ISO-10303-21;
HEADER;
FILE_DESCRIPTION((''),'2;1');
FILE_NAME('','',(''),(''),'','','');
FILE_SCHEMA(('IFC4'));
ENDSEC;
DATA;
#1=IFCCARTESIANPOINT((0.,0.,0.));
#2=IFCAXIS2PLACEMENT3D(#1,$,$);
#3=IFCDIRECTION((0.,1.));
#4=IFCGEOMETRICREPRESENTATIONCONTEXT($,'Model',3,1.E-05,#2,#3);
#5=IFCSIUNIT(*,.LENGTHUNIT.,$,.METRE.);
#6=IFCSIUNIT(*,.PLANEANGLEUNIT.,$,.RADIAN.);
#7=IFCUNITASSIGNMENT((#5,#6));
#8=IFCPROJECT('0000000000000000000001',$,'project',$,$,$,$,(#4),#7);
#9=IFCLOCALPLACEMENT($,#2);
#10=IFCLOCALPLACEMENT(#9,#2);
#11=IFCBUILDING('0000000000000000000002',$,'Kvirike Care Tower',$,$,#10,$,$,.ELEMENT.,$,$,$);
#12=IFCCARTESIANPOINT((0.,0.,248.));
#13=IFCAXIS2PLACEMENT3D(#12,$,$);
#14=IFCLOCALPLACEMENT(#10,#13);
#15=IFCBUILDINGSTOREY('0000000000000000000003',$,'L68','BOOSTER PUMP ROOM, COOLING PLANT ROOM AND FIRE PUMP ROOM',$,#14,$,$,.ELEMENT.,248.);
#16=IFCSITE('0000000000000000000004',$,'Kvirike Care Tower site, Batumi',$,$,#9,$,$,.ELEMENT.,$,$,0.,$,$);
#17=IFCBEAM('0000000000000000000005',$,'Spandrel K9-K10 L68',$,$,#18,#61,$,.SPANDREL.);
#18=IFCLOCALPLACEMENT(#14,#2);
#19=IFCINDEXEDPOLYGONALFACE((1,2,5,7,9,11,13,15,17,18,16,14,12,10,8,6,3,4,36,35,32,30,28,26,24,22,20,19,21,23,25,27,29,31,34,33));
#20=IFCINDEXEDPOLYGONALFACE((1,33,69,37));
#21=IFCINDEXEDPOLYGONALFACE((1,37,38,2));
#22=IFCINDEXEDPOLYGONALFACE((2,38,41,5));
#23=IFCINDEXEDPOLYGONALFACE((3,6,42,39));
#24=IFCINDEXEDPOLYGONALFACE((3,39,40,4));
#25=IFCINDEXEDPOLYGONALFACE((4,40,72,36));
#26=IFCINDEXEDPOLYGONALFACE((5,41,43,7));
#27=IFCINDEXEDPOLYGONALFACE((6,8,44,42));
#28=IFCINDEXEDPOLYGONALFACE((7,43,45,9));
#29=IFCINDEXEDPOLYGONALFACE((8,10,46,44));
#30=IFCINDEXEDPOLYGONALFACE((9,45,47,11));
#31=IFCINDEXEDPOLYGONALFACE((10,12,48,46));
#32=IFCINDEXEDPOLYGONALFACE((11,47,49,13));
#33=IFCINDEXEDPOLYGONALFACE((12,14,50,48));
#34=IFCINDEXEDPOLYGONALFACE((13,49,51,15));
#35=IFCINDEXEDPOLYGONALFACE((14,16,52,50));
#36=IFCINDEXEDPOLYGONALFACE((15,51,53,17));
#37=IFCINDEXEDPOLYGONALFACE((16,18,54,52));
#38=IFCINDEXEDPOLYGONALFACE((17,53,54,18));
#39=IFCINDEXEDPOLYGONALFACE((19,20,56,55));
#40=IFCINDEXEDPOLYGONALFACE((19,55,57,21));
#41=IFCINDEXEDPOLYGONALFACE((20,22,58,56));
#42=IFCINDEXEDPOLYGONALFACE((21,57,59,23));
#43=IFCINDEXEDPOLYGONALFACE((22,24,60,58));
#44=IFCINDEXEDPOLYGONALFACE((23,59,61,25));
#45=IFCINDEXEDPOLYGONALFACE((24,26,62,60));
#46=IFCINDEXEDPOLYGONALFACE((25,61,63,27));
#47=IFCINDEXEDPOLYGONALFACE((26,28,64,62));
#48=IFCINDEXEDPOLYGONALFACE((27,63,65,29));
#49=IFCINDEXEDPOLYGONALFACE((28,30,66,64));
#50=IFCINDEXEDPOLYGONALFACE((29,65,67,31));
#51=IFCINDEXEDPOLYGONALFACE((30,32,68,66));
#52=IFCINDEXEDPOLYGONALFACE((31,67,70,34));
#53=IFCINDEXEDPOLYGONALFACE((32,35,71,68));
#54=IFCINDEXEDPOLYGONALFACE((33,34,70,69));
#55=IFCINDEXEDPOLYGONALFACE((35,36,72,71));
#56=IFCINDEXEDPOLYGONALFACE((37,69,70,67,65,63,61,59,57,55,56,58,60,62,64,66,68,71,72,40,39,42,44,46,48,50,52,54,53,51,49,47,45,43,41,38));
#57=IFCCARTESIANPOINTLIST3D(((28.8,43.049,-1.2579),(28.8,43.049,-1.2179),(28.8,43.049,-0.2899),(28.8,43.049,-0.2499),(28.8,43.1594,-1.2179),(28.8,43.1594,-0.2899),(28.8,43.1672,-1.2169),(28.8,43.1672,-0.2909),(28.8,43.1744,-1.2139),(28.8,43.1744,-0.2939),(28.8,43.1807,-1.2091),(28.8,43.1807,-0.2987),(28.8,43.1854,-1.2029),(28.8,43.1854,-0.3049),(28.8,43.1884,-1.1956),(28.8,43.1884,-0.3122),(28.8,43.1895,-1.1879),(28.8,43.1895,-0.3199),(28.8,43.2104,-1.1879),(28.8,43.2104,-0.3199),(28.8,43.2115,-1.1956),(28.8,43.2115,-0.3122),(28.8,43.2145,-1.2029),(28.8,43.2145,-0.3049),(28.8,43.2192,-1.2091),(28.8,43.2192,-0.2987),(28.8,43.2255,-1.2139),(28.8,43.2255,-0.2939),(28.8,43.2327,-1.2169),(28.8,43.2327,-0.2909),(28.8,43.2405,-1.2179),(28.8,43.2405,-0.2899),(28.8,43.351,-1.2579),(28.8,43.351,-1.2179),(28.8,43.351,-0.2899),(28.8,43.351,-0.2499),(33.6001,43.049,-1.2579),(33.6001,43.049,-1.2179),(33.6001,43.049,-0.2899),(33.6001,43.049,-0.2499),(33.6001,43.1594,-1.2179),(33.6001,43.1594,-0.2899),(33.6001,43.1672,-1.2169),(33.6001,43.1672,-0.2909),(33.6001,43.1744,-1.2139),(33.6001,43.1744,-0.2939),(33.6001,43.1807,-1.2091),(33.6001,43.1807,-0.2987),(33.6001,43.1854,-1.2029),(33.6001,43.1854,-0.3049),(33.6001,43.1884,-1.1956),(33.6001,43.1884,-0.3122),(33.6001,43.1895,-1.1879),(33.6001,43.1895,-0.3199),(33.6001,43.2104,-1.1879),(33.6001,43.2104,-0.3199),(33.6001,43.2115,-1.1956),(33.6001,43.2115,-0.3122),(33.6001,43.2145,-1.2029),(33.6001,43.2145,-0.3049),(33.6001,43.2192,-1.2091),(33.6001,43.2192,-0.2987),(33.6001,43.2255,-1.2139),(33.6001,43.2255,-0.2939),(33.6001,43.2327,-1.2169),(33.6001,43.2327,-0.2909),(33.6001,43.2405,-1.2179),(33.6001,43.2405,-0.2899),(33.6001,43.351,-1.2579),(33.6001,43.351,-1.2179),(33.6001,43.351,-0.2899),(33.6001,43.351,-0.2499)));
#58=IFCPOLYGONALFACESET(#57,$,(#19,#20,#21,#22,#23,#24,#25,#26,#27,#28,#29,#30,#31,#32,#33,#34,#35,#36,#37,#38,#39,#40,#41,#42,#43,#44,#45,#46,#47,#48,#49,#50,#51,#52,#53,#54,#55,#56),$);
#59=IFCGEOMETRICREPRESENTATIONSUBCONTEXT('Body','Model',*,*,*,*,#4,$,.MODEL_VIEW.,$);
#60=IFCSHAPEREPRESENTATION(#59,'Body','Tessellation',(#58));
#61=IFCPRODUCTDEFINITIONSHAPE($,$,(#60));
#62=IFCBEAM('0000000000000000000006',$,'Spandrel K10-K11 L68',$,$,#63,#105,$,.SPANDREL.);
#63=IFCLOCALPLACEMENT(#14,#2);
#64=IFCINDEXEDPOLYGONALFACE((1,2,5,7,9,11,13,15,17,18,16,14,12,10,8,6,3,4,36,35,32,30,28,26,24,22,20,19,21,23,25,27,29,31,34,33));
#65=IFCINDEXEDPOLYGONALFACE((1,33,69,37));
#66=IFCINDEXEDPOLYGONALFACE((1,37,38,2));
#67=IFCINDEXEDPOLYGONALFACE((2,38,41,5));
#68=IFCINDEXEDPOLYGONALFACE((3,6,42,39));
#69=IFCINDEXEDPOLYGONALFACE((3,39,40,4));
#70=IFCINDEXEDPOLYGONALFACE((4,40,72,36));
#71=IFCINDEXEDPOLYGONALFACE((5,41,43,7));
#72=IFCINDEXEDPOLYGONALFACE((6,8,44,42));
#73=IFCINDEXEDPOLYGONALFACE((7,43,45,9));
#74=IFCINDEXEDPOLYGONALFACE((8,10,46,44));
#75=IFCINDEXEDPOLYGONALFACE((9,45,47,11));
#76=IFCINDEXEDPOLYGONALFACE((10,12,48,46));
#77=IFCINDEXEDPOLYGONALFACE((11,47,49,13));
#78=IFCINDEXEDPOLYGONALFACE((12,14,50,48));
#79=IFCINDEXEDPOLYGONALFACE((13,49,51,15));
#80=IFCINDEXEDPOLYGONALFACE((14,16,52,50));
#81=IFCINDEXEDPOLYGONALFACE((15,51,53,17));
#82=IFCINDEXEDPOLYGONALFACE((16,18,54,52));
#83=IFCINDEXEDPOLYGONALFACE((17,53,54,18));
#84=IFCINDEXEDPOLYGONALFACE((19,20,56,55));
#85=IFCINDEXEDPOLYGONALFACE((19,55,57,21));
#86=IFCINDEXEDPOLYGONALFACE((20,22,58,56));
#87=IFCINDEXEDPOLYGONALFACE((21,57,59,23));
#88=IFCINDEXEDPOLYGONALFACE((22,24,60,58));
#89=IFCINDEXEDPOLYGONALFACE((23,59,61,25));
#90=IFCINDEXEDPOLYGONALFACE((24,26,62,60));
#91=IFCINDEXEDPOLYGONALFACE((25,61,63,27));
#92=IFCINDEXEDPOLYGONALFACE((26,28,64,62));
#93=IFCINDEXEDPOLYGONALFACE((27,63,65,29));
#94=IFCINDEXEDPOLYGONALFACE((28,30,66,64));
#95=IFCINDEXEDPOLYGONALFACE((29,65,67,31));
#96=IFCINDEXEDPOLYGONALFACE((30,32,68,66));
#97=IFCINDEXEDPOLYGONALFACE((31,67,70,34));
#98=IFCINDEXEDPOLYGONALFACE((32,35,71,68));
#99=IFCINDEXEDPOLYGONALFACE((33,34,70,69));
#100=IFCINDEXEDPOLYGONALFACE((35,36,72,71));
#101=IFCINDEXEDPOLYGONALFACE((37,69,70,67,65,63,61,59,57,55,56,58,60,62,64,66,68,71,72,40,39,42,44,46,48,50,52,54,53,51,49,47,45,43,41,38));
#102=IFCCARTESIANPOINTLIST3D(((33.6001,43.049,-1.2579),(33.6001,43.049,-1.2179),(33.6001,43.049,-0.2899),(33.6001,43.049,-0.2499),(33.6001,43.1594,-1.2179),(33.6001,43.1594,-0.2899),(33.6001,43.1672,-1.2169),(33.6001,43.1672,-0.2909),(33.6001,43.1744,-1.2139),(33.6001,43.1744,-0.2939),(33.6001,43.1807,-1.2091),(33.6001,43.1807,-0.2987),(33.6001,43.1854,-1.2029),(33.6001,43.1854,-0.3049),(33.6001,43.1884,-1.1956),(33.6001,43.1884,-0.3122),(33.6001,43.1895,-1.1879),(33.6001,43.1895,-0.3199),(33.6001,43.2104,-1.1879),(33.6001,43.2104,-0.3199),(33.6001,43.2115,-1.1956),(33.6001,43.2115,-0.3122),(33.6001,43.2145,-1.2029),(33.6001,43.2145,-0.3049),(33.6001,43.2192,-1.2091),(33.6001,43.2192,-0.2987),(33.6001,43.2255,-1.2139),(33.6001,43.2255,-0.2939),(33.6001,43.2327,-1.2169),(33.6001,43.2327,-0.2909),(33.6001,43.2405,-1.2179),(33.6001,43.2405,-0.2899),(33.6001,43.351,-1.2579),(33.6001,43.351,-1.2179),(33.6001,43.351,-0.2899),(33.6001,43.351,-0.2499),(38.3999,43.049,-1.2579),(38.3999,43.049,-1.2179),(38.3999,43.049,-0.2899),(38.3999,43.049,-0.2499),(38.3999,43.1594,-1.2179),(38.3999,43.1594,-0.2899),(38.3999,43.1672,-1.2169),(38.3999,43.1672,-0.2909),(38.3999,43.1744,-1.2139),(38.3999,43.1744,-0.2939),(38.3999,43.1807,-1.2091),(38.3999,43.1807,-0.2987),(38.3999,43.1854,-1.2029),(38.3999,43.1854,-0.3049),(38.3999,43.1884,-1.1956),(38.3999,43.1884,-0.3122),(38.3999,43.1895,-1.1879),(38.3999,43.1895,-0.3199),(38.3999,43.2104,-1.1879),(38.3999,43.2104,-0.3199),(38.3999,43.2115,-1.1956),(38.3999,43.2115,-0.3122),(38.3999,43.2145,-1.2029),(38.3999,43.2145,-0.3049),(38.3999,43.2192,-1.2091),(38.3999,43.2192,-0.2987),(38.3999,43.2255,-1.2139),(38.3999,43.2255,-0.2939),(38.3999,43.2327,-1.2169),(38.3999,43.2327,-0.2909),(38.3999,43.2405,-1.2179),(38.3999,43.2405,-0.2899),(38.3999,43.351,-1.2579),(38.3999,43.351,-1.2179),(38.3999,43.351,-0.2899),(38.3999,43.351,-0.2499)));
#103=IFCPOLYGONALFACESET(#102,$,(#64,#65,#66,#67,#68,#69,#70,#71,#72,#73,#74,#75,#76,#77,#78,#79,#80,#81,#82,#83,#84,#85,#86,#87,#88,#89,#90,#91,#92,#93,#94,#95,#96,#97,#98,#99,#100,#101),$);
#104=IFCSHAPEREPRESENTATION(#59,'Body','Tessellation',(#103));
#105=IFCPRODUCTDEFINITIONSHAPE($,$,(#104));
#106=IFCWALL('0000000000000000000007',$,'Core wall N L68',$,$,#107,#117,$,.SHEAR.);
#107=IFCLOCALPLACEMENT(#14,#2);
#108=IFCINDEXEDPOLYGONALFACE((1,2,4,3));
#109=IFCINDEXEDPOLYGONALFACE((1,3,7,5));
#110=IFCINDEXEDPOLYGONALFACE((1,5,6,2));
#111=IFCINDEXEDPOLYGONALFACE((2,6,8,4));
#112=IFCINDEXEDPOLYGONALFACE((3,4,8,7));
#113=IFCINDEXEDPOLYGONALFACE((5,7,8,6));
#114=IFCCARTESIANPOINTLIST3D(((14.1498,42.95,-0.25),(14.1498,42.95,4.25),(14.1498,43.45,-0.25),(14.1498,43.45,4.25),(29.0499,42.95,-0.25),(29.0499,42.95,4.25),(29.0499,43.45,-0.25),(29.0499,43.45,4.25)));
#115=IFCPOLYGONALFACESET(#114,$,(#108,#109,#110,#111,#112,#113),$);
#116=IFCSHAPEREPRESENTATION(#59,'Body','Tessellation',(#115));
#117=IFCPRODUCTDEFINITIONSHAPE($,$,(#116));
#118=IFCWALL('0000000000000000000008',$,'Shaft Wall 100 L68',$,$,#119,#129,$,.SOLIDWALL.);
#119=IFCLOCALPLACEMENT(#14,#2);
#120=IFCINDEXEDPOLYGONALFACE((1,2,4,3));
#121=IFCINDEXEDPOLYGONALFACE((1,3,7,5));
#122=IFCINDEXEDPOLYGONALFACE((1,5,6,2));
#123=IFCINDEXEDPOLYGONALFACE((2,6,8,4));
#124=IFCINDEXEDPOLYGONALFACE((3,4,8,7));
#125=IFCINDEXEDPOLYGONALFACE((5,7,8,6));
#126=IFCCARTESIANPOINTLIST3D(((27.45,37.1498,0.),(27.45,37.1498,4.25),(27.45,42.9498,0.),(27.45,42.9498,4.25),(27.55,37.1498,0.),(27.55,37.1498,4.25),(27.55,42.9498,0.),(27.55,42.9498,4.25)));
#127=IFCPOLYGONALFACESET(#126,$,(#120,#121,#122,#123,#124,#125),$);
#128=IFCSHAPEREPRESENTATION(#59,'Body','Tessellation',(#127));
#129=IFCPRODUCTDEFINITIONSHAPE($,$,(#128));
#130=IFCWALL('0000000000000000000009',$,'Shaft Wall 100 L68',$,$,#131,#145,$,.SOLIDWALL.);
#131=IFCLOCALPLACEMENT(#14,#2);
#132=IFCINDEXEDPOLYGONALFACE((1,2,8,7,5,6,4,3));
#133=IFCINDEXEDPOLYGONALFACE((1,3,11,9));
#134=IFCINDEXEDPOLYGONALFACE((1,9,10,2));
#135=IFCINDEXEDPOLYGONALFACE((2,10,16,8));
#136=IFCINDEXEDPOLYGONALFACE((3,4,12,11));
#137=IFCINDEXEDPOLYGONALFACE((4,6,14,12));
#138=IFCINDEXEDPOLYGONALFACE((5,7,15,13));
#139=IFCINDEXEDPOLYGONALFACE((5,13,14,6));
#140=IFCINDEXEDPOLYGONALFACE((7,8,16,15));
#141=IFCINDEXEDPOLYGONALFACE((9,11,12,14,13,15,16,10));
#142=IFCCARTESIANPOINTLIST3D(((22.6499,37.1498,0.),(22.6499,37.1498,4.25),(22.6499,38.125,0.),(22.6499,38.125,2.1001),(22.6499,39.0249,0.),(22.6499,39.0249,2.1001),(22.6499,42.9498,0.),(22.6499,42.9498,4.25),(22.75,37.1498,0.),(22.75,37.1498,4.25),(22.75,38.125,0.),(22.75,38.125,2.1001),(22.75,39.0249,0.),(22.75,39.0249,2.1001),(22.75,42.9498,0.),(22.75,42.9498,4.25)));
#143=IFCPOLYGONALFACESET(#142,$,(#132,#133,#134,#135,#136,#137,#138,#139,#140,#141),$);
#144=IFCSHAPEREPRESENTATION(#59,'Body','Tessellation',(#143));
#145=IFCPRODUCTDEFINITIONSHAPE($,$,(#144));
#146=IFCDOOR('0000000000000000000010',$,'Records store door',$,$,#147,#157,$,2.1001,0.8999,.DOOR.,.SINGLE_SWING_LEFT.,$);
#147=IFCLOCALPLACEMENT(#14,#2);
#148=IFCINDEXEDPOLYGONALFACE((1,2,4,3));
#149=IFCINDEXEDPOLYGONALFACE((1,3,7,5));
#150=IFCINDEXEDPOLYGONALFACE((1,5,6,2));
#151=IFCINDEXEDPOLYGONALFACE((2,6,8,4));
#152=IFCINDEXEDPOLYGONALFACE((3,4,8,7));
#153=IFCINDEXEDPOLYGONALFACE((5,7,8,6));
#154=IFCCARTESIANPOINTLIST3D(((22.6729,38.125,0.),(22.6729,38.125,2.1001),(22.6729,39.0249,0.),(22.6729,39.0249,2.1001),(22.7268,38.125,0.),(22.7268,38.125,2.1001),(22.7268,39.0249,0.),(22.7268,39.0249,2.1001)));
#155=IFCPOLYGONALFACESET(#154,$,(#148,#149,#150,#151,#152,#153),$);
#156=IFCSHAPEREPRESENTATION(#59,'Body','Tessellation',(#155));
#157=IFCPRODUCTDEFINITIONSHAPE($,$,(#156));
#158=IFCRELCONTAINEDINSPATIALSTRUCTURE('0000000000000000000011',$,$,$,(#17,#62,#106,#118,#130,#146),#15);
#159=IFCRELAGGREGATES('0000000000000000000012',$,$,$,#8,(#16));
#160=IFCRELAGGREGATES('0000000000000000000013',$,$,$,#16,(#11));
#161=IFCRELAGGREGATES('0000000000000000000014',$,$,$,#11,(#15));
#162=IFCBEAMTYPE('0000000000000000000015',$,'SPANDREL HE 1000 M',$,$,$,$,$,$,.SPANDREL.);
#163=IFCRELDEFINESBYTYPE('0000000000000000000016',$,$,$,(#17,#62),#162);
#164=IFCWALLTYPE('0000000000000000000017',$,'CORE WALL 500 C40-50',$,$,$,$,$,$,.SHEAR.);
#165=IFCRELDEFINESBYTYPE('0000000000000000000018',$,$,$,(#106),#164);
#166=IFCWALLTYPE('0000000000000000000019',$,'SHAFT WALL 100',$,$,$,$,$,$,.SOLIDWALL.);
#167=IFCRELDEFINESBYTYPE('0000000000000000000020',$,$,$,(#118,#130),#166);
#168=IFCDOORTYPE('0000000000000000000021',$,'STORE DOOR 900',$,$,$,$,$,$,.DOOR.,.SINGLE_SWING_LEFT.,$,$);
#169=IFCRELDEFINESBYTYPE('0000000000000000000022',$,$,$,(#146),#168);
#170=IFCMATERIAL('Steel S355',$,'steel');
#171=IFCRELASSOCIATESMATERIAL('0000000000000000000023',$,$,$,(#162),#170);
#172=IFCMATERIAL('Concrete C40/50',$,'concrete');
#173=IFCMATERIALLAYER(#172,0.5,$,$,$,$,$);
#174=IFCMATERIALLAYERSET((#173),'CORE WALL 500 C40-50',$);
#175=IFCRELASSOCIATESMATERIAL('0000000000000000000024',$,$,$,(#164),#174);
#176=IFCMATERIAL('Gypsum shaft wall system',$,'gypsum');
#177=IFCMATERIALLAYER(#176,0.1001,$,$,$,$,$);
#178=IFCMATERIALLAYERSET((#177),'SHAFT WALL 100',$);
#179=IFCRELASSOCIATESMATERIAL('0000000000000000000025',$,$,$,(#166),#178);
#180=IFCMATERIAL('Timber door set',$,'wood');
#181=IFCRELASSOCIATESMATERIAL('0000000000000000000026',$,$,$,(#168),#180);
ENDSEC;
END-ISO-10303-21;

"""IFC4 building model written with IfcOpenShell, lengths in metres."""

from ifc_helpers import new_model, si_unit, direction, frame, frame_2d, origin, origin_2d, place, context, subcontext, project, spatial, rectangle, i_section, extrude, material, layer, layer_set, material_profile, profile_set, type_object, element, fill, save


model = new_model("IFC4")

# Units and contexts
model_context = context("Model", 3, precision=1e-05, world=origin(), true_north=direction((0.0, 1.0)))
body_context = subcontext(model_context, "Body", "Model", "MODEL_VIEW")
ifc_project = project(units=[si_unit("LENGTHUNIT", "METRE"), si_unit("PLANEANGLEUNIT", "RADIAN")], contexts=[model_context])

# Site, building, storey
site_placement = place(None, origin())
site = spatial("IfcSite", under=ifc_project, at=site_placement, Name="Kvirike Care Tower site, Batumi", CompositionType="ELEMENT", RefElevation=0.0)
building_placement = place(site_placement, origin())
building = spatial("IfcBuilding", under=site, at=building_placement, Name="Kvirike Care Tower", CompositionType="ELEMENT")
storey_placement = place(building_placement, frame((0.0, 0.0, 248.0)))
storey = spatial("IfcBuildingStorey", under=building, at=storey_placement, Name="L68", Description="BOOSTER PUMP ROOM, COOLING PLANT ROOM AND FIRE PUMP ROOM", CompositionType="ELEMENT", Elevation=248.0)

# Beams
ifc_material_1 = material(Name="Steel S355", Category="steel")
ifc_material_profile_1 = material_profile(ifc_material_1, i_section(OverallWidth=0.302, OverallDepth=1.0081, WebThickness=0.021, FlangeThickness=0.04, FilletRadius=0.03, at=origin_2d()), Name="HE 1000 M")
ifc_profile_set_1 = profile_set([ifc_material_profile_1], Name="Steel S355")
beam_type_1 = type_object("IfcBeamType", Name="SPANDREL HE 1000 M", PredefinedType="SPANDREL", material=ifc_profile_set_1)
for number, where, z_axis, x_axis, name in (
    (1, (28.8, 43.2, -0.7539), (1.0, 0.0, 0.0), (0.0, 1.0, 0.0), "Spandrel K9-K10 L68"),
):
    element("IfcBeam", number, at=place(storey_placement, frame(where, z_axis=z_axis, x_axis=x_axis)), inside=storey, type_object=beam_type_1, Name=name, PredefinedType="SPANDREL", context=body_context, shape_type="SweptSolid", body=[
        extrude(i_section(OverallWidth=0.302, OverallDepth=1.0081, WebThickness=0.021, FlangeThickness=0.04, FilletRadius=0.03, at=origin_2d()), origin(), (0.0, 0.0, 1.0), 4.8),
    ])
beam_placement = place(storey_placement, frame((33.6001, 43.2, -0.7539), z_axis=(1.0, 0.0, 0.0), x_axis=(0.0, 1.0, 0.0)))
element("IfcBeam", 2, at=beam_placement, inside=storey, type_object=beam_type_1, Name="Spandrel K10-K11 L68", PredefinedType="SPANDREL", context=body_context, shape_type="SweptSolid", body=[
    extrude(i_section(OverallWidth=0.302, OverallDepth=1.0081, WebThickness=0.021, FlangeThickness=0.04, FilletRadius=0.03, at=origin_2d()), origin(), (0.0, 0.0, 1.0), 4.7998),
])

# Walls
ifc_material_2 = material(Name="Concrete C40/50", Category="concrete")
ifc_layer_1 = layer(ifc_material_2, 0.5)
ifc_layer_set_1 = layer_set([ifc_layer_1], Name="CORE WALL 500 C40-50")
wall_type_1 = type_object("IfcWallType", Name="CORE WALL 500 C40-50", PredefinedType="SHEAR", material=ifc_layer_set_1)
wall_1_placement = place(storey_placement, frame((29.05, 43.2, -0.25), z_axis=(0.0, 0.0, 1.0), x_axis=(-1.0, 0.0, 0.0)))
element("IfcWall", 3, at=wall_1_placement, inside=storey, type_object=wall_type_1, Name="Core wall N L68", PredefinedType="SHEAR", context=body_context, shape_type="SweptSolid", body=[
    extrude(rectangle(XDim=14.9001, YDim=0.5, at=frame_2d((7.4502, 0.0))), origin(), (0.0, 0.0, 1.0), 4.5),
])
ifc_material_3 = material(Name="Gypsum shaft wall system", Category="gypsum")
ifc_layer_2 = layer(ifc_material_3, 0.1001)
ifc_layer_set_2 = layer_set([ifc_layer_2], Name="SHAFT WALL 100")
wall_type_2 = type_object("IfcWallType", Name="SHAFT WALL 100", PredefinedType="SOLIDWALL", material=ifc_layer_set_2)
wall_2_placement = place(storey_placement, frame((27.5, 37.1499, 0.0), z_axis=(0.0, 0.0, 1.0), x_axis=(0.0, 1.0, 0.0)))
element("IfcWall", 4, at=wall_2_placement, inside=storey, type_object=wall_type_2, Name="Shaft Wall 100 L68", PredefinedType="SOLIDWALL", context=body_context, shape_type="SweptSolid", body=[
    extrude(rectangle(XDim=5.8, YDim=0.1001, at=frame_2d((2.8999, 0.0))), origin(), (0.0, 0.0, 1.0), 4.25),
])

# Wall, opening, door
wall_3_placement = place(storey_placement, frame((22.7, 37.1499, 0.0), z_axis=(0.0, 0.0, 1.0), x_axis=(0.0, 1.0, 0.0)))
wall_3 = element("IfcWall", 5, at=wall_3_placement, inside=storey, type_object=wall_type_2, Name="Shaft Wall 100 L68", PredefinedType="SOLIDWALL", context=body_context, shape_type="SweptSolid", body=[
    extrude(rectangle(XDim=5.8, YDim=0.1001, at=frame_2d((2.8999, 0.0))), origin(), (0.0, 0.0, 1.0), 4.25),
])
opening_1_placement = place(wall_3_placement, frame((0.9751, 0.0, 0.0)))
opening_1 = element("IfcOpeningElement", 6, at=opening_1_placement, cuts=wall_3, PredefinedType="OPENING", context=body_context, shape_type="SweptSolid", body=[
    extrude(rectangle(XDim=0.8999, YDim=2.1001, at=frame_2d((0.45, 1.05))), frame((0.0, 0.0605, 0.0), z_axis=(0.0, -1.0, 0.0), x_axis=(1.0, 0.0, 0.0)), (0.0, 0.0, 1.0), 0.1211),
])
ifc_material_4 = material(Name="Timber door set", Category="wood")
door_type_1 = type_object("IfcDoorType", Name="STORE DOOR 900", OperationType="SINGLE_SWING_LEFT", PredefinedType="DOOR", material=ifc_material_4)
door_1_placement = place(opening_1_placement, frame((0.8999, 0.0, 0.0), z_axis=(0.0, 0.0, 1.0), x_axis=(-1.0, 0.0, 0.0)))
door_1 = element("IfcDoor", 7, at=door_1_placement, inside=storey, type_object=door_type_1, Name="Records store door", OperationType="SINGLE_SWING_LEFT", OverallHeight=2.1001, OverallWidth=0.8999, PredefinedType="DOOR", context=body_context, shape_type="SweptSolid", body=[
    extrude(rectangle(XDim=0.8999, YDim=2.1001, at=frame_2d((0.45, 1.05))), frame((0.0, 0.0269, 0.0), z_axis=(0.0, -1.0, 0.0), x_axis=(1.0, 0.0, 0.0)), (0.0, 0.0, 1.0), 0.054),
])
fill(opening_1, door_1)

save(model, "model.ifc")
